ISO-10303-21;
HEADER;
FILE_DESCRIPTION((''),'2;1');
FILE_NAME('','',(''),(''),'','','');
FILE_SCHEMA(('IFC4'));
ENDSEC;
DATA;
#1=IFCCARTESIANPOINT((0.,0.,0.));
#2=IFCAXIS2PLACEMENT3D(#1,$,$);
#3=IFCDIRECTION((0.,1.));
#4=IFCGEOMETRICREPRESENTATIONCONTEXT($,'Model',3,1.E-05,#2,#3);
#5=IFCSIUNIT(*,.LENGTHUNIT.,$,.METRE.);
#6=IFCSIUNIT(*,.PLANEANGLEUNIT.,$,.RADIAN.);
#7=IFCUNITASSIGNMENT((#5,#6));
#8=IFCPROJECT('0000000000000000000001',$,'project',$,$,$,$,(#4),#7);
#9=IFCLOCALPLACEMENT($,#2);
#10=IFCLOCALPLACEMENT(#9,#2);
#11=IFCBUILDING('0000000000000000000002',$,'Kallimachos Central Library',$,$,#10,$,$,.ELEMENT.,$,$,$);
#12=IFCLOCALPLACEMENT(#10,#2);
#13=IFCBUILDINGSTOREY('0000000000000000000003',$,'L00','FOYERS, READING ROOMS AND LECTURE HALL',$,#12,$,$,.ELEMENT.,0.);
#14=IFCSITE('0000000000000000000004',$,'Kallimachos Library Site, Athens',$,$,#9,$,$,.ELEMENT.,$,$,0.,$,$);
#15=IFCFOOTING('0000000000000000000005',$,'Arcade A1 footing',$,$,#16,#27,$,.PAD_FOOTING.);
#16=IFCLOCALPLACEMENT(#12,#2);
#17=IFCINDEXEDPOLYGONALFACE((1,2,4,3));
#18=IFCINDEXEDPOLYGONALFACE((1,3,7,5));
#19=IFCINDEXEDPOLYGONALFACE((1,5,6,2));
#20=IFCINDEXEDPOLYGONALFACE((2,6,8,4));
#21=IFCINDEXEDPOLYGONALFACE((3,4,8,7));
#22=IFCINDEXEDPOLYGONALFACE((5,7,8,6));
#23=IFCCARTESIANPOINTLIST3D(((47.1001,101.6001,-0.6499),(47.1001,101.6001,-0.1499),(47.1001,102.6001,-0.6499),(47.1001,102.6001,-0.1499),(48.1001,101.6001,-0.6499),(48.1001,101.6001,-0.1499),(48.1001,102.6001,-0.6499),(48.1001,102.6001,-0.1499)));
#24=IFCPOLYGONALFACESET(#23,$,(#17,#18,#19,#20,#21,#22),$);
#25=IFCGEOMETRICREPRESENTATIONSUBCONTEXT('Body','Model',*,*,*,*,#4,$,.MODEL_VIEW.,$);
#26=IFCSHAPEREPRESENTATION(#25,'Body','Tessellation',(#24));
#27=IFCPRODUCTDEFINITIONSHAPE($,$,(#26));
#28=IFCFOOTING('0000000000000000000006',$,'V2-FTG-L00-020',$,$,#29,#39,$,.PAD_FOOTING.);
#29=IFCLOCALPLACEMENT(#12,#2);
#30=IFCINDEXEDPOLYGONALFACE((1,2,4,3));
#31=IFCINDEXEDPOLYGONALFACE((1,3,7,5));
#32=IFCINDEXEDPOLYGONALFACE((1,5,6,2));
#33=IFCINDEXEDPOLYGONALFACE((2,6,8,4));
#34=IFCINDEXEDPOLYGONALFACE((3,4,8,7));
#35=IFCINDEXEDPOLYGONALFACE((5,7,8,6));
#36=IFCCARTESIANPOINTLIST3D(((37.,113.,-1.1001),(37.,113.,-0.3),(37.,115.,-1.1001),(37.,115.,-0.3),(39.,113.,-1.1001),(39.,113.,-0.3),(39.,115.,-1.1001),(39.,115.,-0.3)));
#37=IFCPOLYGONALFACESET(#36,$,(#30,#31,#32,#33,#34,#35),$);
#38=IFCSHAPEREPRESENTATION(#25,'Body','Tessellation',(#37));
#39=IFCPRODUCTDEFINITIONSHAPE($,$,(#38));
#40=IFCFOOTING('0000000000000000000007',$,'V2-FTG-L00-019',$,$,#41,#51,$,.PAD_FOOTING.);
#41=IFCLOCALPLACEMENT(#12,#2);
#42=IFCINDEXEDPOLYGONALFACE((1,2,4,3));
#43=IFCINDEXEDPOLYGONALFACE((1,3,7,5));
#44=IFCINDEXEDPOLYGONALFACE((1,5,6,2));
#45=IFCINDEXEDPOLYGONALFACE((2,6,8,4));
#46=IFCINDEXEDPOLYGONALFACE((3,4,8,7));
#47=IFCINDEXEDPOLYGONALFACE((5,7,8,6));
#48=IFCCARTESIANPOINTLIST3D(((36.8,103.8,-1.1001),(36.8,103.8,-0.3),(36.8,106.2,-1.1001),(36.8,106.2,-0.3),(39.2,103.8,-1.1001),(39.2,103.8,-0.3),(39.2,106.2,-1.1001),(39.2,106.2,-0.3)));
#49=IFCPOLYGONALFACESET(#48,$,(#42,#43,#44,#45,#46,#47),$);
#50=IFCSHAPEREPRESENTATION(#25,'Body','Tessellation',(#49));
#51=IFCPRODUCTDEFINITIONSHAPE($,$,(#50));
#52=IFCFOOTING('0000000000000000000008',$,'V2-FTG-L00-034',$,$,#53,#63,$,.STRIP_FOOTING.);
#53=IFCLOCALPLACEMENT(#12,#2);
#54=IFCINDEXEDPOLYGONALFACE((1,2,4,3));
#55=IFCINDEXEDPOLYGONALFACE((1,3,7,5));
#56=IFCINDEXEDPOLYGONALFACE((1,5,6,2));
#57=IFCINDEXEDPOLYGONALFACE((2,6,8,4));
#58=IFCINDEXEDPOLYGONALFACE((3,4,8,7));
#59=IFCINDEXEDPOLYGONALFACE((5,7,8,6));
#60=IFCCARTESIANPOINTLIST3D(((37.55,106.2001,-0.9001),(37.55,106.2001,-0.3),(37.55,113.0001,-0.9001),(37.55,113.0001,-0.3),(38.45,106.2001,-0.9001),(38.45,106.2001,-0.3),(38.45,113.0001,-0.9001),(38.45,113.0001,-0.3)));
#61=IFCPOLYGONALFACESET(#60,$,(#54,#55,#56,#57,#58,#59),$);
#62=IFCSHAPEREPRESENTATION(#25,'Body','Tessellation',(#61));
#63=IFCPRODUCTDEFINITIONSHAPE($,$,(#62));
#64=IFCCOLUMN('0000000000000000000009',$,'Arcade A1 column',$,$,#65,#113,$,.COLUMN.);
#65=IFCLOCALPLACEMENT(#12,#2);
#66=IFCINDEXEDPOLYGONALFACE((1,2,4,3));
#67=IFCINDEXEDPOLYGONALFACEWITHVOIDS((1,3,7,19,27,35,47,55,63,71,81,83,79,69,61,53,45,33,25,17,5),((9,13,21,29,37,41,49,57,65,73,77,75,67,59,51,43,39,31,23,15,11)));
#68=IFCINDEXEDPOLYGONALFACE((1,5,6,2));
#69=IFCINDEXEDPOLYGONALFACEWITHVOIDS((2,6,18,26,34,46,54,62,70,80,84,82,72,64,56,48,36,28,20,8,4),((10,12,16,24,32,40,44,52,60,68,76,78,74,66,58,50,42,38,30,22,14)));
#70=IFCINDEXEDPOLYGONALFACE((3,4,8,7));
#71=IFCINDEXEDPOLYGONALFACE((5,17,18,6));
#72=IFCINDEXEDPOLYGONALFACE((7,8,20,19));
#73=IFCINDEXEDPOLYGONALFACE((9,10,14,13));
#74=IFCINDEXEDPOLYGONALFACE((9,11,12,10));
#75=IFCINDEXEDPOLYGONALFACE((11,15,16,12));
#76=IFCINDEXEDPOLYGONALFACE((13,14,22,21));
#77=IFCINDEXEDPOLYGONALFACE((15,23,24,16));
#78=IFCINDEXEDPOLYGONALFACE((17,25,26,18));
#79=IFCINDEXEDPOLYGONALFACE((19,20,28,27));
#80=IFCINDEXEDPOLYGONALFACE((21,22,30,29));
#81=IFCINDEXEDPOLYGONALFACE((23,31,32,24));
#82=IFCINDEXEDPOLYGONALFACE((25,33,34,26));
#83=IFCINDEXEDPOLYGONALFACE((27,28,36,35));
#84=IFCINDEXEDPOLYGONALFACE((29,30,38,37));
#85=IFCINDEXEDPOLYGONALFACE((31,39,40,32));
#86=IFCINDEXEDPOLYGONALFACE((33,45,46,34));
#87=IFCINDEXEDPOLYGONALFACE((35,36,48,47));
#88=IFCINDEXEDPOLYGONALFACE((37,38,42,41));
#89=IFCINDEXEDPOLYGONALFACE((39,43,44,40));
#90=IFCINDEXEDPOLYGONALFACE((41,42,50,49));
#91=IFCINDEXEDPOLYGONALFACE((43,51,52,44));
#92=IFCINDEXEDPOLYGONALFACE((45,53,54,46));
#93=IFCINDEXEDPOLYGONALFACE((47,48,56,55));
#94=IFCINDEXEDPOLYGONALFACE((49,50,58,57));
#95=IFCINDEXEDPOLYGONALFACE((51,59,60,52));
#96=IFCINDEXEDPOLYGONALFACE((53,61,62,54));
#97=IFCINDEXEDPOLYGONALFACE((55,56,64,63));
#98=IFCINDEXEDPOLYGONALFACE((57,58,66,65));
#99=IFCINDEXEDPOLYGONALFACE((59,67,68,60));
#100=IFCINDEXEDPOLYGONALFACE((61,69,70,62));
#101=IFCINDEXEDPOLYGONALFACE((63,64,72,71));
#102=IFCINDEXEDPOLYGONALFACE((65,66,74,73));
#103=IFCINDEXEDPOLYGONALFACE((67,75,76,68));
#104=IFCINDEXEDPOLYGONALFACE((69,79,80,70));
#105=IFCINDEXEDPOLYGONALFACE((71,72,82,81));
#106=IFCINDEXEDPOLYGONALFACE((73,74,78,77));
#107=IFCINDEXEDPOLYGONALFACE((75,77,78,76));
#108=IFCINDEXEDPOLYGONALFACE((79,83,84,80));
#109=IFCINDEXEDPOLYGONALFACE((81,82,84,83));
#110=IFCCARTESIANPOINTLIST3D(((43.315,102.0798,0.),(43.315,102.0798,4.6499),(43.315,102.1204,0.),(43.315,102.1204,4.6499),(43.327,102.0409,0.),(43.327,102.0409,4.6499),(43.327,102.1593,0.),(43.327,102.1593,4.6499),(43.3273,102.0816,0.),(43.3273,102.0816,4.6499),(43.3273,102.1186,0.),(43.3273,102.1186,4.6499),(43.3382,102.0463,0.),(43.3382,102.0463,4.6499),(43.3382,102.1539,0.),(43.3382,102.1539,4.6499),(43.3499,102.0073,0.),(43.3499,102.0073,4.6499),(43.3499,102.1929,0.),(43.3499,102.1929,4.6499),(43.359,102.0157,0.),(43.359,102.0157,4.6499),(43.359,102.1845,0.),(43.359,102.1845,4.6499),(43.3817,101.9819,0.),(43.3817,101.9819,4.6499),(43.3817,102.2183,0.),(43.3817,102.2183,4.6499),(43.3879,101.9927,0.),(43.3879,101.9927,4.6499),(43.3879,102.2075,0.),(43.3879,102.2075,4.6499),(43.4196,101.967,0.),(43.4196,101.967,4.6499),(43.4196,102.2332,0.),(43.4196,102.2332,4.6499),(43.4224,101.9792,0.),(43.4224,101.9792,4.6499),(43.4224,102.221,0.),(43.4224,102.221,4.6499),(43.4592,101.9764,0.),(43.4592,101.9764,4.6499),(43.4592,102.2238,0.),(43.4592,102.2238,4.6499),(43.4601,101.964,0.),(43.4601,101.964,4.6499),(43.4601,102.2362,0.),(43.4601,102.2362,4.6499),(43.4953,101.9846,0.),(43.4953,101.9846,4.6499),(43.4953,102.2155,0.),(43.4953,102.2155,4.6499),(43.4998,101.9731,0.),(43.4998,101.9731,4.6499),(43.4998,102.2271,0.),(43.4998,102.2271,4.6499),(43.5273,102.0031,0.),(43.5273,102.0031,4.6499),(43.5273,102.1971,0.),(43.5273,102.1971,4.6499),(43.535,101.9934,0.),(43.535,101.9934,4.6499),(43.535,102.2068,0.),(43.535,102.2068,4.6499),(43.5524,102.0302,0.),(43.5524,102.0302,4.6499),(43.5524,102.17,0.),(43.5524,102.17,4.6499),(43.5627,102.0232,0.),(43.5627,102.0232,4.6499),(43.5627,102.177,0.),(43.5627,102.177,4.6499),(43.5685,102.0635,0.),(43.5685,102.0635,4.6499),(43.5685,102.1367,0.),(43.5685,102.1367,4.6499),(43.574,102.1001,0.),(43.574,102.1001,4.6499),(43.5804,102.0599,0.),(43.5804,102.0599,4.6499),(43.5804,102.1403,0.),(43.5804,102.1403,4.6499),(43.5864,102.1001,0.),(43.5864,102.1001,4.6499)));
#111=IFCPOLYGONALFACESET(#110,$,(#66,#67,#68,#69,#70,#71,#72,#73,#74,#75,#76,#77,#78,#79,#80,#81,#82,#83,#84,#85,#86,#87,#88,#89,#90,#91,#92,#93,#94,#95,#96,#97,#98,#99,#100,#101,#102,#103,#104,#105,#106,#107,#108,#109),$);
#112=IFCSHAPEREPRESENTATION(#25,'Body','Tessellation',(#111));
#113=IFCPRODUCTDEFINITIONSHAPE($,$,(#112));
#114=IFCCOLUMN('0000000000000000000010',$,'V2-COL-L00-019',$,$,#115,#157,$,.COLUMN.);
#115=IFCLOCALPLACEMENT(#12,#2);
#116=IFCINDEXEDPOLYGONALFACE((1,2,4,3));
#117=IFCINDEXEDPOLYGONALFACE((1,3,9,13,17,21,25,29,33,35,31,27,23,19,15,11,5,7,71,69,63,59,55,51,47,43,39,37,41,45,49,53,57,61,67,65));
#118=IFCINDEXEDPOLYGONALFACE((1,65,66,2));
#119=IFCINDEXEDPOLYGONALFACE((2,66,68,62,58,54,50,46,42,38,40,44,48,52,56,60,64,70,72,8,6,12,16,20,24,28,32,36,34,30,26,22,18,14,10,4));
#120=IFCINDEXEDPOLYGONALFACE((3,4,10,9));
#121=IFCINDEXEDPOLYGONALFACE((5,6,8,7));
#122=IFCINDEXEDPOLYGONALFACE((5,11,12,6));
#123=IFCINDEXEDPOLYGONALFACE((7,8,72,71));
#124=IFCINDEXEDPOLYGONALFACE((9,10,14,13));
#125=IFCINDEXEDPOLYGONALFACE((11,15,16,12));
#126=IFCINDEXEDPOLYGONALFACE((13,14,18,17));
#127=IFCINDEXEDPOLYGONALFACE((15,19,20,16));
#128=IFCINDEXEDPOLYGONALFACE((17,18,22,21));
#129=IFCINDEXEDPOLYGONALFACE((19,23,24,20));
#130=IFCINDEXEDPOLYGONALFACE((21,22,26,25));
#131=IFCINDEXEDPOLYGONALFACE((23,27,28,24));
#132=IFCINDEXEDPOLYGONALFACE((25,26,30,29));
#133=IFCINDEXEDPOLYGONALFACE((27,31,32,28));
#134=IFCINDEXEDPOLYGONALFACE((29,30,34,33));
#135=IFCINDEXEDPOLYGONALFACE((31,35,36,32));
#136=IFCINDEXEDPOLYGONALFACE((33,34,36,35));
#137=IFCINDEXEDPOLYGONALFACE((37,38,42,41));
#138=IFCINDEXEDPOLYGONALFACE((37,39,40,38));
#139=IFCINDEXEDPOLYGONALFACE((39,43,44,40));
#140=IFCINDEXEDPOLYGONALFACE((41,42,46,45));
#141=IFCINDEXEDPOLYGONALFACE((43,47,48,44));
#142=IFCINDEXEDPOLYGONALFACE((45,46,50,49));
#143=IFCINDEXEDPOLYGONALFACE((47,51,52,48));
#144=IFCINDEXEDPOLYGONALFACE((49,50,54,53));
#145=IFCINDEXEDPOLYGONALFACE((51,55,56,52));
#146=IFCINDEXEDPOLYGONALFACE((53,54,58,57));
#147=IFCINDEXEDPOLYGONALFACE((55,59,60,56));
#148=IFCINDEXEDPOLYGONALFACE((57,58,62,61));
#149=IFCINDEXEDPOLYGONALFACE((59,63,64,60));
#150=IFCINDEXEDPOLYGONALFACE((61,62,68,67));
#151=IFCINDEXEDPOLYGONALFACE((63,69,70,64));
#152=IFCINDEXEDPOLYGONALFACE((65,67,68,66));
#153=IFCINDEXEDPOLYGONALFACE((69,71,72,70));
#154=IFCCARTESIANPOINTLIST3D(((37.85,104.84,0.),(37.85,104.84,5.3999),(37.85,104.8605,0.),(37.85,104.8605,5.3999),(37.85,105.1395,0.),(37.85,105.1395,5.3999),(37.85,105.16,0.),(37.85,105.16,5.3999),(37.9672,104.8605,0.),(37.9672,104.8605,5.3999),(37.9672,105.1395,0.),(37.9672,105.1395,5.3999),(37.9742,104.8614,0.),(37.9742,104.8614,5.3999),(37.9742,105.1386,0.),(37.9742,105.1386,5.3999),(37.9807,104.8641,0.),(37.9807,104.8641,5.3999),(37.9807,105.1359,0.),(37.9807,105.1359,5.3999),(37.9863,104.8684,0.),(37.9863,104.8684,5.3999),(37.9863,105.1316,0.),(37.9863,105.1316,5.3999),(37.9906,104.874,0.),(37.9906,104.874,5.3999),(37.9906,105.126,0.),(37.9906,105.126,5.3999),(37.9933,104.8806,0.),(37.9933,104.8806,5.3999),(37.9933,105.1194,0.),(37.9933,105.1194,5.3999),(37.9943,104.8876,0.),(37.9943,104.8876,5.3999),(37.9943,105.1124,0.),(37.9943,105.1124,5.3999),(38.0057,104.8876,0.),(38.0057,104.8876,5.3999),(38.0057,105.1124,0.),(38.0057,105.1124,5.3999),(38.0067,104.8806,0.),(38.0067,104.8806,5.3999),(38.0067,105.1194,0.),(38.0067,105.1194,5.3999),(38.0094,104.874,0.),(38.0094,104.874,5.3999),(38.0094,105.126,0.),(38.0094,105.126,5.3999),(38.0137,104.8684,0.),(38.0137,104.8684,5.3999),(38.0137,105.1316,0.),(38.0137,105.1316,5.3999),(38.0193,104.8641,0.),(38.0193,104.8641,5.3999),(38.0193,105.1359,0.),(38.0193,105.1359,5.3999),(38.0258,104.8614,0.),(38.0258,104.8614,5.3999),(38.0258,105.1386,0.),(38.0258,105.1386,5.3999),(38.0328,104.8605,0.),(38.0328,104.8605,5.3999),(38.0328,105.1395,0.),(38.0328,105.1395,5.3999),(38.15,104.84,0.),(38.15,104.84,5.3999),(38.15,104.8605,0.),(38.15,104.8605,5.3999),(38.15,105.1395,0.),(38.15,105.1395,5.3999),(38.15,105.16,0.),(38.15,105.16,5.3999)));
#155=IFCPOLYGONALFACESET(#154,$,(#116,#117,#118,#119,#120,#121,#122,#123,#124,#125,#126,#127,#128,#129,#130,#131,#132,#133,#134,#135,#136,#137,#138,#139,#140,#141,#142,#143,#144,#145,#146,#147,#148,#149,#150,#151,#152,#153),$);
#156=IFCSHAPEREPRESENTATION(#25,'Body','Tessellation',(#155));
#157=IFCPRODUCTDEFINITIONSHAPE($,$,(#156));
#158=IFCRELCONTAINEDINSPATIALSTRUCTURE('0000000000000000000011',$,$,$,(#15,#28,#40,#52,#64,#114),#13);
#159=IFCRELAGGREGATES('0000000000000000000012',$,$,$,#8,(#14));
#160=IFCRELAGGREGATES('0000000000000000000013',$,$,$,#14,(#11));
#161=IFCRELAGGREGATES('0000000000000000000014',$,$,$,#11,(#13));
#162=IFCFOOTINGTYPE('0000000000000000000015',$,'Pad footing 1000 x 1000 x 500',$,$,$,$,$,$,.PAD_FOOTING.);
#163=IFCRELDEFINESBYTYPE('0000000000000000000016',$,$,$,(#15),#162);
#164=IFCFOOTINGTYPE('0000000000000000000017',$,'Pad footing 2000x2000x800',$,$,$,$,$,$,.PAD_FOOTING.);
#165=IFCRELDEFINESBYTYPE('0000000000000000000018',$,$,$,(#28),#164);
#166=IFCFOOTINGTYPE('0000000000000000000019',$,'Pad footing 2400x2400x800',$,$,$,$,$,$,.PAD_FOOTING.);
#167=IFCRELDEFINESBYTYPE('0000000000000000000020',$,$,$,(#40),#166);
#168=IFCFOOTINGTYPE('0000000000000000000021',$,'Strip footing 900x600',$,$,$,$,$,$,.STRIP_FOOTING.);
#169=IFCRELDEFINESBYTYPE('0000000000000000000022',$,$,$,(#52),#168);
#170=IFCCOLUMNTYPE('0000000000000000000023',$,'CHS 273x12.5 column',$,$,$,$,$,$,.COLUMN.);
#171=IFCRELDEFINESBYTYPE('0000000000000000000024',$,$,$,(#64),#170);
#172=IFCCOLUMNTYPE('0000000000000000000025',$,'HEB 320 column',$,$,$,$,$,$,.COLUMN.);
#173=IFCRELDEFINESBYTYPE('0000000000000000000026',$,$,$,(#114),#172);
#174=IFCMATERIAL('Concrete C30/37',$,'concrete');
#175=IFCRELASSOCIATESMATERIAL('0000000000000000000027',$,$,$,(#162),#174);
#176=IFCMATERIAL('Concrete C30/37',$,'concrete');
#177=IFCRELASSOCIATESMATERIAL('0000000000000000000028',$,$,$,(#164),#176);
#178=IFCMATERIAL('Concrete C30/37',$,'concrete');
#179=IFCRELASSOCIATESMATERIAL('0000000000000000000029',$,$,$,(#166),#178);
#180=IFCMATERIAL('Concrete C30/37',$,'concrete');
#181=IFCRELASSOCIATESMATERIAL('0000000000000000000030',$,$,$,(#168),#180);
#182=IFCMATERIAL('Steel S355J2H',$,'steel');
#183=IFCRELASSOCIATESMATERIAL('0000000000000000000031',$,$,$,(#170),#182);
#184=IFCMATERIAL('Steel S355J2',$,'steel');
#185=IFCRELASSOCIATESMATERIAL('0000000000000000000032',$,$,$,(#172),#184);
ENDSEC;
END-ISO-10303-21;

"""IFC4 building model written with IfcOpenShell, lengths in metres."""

from ifc_helpers import new_model, si_unit, direction, frame, origin, origin_2d, place, context, subcontext, project, spatial, rectangle, hollow_circle, i_section, extrude, material, material_profile, profile_set, type_object, element, save


model = new_model("IFC4")

# Units and contexts
model_context = context("Model", 3, precision=1e-05, world=origin(), true_north=direction((0.0, 1.0)))
body_context = subcontext(model_context, "Body", "Model", "MODEL_VIEW")
ifc_project = project(units=[si_unit("LENGTHUNIT", "METRE"), si_unit("PLANEANGLEUNIT", "RADIAN")], contexts=[model_context])

# Site, building, storey
site_placement = place(None, origin())
site = spatial("IfcSite", under=ifc_project, at=site_placement, Name="Kallimachos Library Site, Athens", CompositionType="ELEMENT", RefElevation=0.0)
building_placement = place(site_placement, origin())
building = spatial("IfcBuilding", under=site, at=building_placement, Name="Kallimachos Central Library", CompositionType="ELEMENT")
storey_placement = place(building_placement, origin())
storey = spatial("IfcBuildingStorey", under=building, at=storey_placement, Name="L00", Description="FOYERS, READING ROOMS AND LECTURE HALL", CompositionType="ELEMENT", Elevation=0.0)

# Footings
ifc_material_1 = material(Name="Concrete C30/37", Category="concrete")
footing_type_1 = type_object("IfcFootingType", Name="Pad footing 1000 x 1000 x 500", PredefinedType="PAD_FOOTING", material=ifc_material_1)
footing_1_placement = place(storey_placement, frame((47.6001, 102.1001, -0.6499), z_axis=(0.0, 0.0, 1.0), x_axis=(1.0, 0.0, 0.0)))
element("IfcFooting", 1, at=footing_1_placement, inside=storey, type_object=footing_type_1, Name="Arcade A1 footing", PredefinedType="PAD_FOOTING", context=body_context, shape_type="SweptSolid", body=[
    extrude(rectangle(XDim=1.0, YDim=1.0, at=origin_2d()), origin(), (0.0, 0.0, 1.0), 0.5),
])
ifc_material_2 = material(Name="Concrete C30/37", Category="concrete")
footing_type_2 = type_object("IfcFootingType", Name="Pad footing 2000x2000x800", PredefinedType="PAD_FOOTING", material=ifc_material_2)
footing_2_placement = place(storey_placement, frame((38.0, 114.0, -1.1001), z_axis=(0.0, 0.0, 1.0), x_axis=(1.0, 0.0, 0.0)))
element("IfcFooting", 2, at=footing_2_placement, inside=storey, type_object=footing_type_2, Name="V2-FTG-L00-020", PredefinedType="PAD_FOOTING", context=body_context, shape_type="SweptSolid", body=[
    extrude(rectangle(XDim=2.0, YDim=2.0, at=origin_2d()), origin(), (0.0, 0.0, 1.0), 0.8),
])
ifc_material_3 = material(Name="Concrete C30/37", Category="concrete")
footing_type_3 = type_object("IfcFootingType", Name="Pad footing 2400x2400x800", PredefinedType="PAD_FOOTING", material=ifc_material_3)
footing_3_placement = place(storey_placement, frame((38.0, 105.0, -1.1001), z_axis=(0.0, 0.0, 1.0), x_axis=(1.0, 0.0, 0.0)))
element("IfcFooting", 3, at=footing_3_placement, inside=storey, type_object=footing_type_3, Name="V2-FTG-L00-019", PredefinedType="PAD_FOOTING", context=body_context, shape_type="SweptSolid", body=[
    extrude(rectangle(XDim=2.3999, YDim=2.3999, at=origin_2d()), origin(), (0.0, 0.0, 1.0), 0.8),
])
ifc_material_4 = material(Name="Concrete C30/37", Category="concrete")
footing_type_4 = type_object("IfcFootingType", Name="Strip footing 900x600", PredefinedType="STRIP_FOOTING", material=ifc_material_4)
footing_4_placement = place(storey_placement, frame((38.0, 109.6001, -0.9001), z_axis=(0.0, 0.0, 1.0), x_axis=(1.0, 0.0, 0.0)))
element("IfcFooting", 4, at=footing_4_placement, inside=storey, type_object=footing_type_4, Name="V2-FTG-L00-034", PredefinedType="STRIP_FOOTING", context=body_context, shape_type="SweptSolid", body=[
    extrude(rectangle(XDim=0.8999, YDim=6.8, at=origin_2d()), origin(), (0.0, 0.0, 1.0), 0.6001),
])

# Columns
ifc_material_5 = material(Name="Steel S355J2H", Category="steel")
ifc_material_profile_1 = material_profile(ifc_material_5, hollow_circle(Radius=0.1365, WallThickness=0.0125, at=origin_2d()), Name="CHS 273x12.5")
ifc_profile_set_1 = profile_set([ifc_material_profile_1], Name="Steel S355J2H")
column_type_1 = type_object("IfcColumnType", Name="CHS 273x12.5 column", PredefinedType="COLUMN", material=ifc_profile_set_1)
column_placement = place(storey_placement, frame((43.45, 102.1001, 0.0), z_axis=(0.0, 0.0, 1.0), x_axis=(1.0, 0.0, 0.0)))
element("IfcColumn", 5, at=column_placement, inside=storey, type_object=column_type_1, Name="Arcade A1 column", PredefinedType="COLUMN", context=body_context, shape_type="SweptSolid", body=[
    extrude(hollow_circle(Radius=0.1365, WallThickness=0.0125, at=origin_2d()), origin(), (0.0, 0.0, 1.0), 4.6499),
])
ifc_material_6 = material(Name="Steel S355J2", Category="steel")
ifc_material_profile_2 = material_profile(ifc_material_6, i_section(OverallWidth=0.3, OverallDepth=0.3201, WebThickness=0.0115, FlangeThickness=0.0205, FilletRadius=0.0271, at=origin_2d()), Name="HEB 320")
ifc_profile_set_2 = profile_set([ifc_material_profile_2], Name="Steel S355J2")
column_type_2 = type_object("IfcColumnType", Name="HEB 320 column", PredefinedType="COLUMN", material=ifc_profile_set_2)
for number, where, z_axis, x_axis, name in (
    (6, (38.0, 105.0, 0.0), (0.0, 0.0, 1.0), (1.0, 0.0, 0.0), "V2-COL-L00-019"),
):
    element("IfcColumn", number, at=place(storey_placement, frame(where, z_axis=z_axis, x_axis=x_axis)), inside=storey, type_object=column_type_2, Name=name, PredefinedType="COLUMN", context=body_context, shape_type="SweptSolid", body=[
        extrude(i_section(OverallWidth=0.3, OverallDepth=0.3201, WebThickness=0.0115, FlangeThickness=0.0205, FilletRadius=0.0271, at=origin_2d()), origin(), (0.0, 0.0, 1.0), 5.3999),
    ])

save(model, "model.ifc")
